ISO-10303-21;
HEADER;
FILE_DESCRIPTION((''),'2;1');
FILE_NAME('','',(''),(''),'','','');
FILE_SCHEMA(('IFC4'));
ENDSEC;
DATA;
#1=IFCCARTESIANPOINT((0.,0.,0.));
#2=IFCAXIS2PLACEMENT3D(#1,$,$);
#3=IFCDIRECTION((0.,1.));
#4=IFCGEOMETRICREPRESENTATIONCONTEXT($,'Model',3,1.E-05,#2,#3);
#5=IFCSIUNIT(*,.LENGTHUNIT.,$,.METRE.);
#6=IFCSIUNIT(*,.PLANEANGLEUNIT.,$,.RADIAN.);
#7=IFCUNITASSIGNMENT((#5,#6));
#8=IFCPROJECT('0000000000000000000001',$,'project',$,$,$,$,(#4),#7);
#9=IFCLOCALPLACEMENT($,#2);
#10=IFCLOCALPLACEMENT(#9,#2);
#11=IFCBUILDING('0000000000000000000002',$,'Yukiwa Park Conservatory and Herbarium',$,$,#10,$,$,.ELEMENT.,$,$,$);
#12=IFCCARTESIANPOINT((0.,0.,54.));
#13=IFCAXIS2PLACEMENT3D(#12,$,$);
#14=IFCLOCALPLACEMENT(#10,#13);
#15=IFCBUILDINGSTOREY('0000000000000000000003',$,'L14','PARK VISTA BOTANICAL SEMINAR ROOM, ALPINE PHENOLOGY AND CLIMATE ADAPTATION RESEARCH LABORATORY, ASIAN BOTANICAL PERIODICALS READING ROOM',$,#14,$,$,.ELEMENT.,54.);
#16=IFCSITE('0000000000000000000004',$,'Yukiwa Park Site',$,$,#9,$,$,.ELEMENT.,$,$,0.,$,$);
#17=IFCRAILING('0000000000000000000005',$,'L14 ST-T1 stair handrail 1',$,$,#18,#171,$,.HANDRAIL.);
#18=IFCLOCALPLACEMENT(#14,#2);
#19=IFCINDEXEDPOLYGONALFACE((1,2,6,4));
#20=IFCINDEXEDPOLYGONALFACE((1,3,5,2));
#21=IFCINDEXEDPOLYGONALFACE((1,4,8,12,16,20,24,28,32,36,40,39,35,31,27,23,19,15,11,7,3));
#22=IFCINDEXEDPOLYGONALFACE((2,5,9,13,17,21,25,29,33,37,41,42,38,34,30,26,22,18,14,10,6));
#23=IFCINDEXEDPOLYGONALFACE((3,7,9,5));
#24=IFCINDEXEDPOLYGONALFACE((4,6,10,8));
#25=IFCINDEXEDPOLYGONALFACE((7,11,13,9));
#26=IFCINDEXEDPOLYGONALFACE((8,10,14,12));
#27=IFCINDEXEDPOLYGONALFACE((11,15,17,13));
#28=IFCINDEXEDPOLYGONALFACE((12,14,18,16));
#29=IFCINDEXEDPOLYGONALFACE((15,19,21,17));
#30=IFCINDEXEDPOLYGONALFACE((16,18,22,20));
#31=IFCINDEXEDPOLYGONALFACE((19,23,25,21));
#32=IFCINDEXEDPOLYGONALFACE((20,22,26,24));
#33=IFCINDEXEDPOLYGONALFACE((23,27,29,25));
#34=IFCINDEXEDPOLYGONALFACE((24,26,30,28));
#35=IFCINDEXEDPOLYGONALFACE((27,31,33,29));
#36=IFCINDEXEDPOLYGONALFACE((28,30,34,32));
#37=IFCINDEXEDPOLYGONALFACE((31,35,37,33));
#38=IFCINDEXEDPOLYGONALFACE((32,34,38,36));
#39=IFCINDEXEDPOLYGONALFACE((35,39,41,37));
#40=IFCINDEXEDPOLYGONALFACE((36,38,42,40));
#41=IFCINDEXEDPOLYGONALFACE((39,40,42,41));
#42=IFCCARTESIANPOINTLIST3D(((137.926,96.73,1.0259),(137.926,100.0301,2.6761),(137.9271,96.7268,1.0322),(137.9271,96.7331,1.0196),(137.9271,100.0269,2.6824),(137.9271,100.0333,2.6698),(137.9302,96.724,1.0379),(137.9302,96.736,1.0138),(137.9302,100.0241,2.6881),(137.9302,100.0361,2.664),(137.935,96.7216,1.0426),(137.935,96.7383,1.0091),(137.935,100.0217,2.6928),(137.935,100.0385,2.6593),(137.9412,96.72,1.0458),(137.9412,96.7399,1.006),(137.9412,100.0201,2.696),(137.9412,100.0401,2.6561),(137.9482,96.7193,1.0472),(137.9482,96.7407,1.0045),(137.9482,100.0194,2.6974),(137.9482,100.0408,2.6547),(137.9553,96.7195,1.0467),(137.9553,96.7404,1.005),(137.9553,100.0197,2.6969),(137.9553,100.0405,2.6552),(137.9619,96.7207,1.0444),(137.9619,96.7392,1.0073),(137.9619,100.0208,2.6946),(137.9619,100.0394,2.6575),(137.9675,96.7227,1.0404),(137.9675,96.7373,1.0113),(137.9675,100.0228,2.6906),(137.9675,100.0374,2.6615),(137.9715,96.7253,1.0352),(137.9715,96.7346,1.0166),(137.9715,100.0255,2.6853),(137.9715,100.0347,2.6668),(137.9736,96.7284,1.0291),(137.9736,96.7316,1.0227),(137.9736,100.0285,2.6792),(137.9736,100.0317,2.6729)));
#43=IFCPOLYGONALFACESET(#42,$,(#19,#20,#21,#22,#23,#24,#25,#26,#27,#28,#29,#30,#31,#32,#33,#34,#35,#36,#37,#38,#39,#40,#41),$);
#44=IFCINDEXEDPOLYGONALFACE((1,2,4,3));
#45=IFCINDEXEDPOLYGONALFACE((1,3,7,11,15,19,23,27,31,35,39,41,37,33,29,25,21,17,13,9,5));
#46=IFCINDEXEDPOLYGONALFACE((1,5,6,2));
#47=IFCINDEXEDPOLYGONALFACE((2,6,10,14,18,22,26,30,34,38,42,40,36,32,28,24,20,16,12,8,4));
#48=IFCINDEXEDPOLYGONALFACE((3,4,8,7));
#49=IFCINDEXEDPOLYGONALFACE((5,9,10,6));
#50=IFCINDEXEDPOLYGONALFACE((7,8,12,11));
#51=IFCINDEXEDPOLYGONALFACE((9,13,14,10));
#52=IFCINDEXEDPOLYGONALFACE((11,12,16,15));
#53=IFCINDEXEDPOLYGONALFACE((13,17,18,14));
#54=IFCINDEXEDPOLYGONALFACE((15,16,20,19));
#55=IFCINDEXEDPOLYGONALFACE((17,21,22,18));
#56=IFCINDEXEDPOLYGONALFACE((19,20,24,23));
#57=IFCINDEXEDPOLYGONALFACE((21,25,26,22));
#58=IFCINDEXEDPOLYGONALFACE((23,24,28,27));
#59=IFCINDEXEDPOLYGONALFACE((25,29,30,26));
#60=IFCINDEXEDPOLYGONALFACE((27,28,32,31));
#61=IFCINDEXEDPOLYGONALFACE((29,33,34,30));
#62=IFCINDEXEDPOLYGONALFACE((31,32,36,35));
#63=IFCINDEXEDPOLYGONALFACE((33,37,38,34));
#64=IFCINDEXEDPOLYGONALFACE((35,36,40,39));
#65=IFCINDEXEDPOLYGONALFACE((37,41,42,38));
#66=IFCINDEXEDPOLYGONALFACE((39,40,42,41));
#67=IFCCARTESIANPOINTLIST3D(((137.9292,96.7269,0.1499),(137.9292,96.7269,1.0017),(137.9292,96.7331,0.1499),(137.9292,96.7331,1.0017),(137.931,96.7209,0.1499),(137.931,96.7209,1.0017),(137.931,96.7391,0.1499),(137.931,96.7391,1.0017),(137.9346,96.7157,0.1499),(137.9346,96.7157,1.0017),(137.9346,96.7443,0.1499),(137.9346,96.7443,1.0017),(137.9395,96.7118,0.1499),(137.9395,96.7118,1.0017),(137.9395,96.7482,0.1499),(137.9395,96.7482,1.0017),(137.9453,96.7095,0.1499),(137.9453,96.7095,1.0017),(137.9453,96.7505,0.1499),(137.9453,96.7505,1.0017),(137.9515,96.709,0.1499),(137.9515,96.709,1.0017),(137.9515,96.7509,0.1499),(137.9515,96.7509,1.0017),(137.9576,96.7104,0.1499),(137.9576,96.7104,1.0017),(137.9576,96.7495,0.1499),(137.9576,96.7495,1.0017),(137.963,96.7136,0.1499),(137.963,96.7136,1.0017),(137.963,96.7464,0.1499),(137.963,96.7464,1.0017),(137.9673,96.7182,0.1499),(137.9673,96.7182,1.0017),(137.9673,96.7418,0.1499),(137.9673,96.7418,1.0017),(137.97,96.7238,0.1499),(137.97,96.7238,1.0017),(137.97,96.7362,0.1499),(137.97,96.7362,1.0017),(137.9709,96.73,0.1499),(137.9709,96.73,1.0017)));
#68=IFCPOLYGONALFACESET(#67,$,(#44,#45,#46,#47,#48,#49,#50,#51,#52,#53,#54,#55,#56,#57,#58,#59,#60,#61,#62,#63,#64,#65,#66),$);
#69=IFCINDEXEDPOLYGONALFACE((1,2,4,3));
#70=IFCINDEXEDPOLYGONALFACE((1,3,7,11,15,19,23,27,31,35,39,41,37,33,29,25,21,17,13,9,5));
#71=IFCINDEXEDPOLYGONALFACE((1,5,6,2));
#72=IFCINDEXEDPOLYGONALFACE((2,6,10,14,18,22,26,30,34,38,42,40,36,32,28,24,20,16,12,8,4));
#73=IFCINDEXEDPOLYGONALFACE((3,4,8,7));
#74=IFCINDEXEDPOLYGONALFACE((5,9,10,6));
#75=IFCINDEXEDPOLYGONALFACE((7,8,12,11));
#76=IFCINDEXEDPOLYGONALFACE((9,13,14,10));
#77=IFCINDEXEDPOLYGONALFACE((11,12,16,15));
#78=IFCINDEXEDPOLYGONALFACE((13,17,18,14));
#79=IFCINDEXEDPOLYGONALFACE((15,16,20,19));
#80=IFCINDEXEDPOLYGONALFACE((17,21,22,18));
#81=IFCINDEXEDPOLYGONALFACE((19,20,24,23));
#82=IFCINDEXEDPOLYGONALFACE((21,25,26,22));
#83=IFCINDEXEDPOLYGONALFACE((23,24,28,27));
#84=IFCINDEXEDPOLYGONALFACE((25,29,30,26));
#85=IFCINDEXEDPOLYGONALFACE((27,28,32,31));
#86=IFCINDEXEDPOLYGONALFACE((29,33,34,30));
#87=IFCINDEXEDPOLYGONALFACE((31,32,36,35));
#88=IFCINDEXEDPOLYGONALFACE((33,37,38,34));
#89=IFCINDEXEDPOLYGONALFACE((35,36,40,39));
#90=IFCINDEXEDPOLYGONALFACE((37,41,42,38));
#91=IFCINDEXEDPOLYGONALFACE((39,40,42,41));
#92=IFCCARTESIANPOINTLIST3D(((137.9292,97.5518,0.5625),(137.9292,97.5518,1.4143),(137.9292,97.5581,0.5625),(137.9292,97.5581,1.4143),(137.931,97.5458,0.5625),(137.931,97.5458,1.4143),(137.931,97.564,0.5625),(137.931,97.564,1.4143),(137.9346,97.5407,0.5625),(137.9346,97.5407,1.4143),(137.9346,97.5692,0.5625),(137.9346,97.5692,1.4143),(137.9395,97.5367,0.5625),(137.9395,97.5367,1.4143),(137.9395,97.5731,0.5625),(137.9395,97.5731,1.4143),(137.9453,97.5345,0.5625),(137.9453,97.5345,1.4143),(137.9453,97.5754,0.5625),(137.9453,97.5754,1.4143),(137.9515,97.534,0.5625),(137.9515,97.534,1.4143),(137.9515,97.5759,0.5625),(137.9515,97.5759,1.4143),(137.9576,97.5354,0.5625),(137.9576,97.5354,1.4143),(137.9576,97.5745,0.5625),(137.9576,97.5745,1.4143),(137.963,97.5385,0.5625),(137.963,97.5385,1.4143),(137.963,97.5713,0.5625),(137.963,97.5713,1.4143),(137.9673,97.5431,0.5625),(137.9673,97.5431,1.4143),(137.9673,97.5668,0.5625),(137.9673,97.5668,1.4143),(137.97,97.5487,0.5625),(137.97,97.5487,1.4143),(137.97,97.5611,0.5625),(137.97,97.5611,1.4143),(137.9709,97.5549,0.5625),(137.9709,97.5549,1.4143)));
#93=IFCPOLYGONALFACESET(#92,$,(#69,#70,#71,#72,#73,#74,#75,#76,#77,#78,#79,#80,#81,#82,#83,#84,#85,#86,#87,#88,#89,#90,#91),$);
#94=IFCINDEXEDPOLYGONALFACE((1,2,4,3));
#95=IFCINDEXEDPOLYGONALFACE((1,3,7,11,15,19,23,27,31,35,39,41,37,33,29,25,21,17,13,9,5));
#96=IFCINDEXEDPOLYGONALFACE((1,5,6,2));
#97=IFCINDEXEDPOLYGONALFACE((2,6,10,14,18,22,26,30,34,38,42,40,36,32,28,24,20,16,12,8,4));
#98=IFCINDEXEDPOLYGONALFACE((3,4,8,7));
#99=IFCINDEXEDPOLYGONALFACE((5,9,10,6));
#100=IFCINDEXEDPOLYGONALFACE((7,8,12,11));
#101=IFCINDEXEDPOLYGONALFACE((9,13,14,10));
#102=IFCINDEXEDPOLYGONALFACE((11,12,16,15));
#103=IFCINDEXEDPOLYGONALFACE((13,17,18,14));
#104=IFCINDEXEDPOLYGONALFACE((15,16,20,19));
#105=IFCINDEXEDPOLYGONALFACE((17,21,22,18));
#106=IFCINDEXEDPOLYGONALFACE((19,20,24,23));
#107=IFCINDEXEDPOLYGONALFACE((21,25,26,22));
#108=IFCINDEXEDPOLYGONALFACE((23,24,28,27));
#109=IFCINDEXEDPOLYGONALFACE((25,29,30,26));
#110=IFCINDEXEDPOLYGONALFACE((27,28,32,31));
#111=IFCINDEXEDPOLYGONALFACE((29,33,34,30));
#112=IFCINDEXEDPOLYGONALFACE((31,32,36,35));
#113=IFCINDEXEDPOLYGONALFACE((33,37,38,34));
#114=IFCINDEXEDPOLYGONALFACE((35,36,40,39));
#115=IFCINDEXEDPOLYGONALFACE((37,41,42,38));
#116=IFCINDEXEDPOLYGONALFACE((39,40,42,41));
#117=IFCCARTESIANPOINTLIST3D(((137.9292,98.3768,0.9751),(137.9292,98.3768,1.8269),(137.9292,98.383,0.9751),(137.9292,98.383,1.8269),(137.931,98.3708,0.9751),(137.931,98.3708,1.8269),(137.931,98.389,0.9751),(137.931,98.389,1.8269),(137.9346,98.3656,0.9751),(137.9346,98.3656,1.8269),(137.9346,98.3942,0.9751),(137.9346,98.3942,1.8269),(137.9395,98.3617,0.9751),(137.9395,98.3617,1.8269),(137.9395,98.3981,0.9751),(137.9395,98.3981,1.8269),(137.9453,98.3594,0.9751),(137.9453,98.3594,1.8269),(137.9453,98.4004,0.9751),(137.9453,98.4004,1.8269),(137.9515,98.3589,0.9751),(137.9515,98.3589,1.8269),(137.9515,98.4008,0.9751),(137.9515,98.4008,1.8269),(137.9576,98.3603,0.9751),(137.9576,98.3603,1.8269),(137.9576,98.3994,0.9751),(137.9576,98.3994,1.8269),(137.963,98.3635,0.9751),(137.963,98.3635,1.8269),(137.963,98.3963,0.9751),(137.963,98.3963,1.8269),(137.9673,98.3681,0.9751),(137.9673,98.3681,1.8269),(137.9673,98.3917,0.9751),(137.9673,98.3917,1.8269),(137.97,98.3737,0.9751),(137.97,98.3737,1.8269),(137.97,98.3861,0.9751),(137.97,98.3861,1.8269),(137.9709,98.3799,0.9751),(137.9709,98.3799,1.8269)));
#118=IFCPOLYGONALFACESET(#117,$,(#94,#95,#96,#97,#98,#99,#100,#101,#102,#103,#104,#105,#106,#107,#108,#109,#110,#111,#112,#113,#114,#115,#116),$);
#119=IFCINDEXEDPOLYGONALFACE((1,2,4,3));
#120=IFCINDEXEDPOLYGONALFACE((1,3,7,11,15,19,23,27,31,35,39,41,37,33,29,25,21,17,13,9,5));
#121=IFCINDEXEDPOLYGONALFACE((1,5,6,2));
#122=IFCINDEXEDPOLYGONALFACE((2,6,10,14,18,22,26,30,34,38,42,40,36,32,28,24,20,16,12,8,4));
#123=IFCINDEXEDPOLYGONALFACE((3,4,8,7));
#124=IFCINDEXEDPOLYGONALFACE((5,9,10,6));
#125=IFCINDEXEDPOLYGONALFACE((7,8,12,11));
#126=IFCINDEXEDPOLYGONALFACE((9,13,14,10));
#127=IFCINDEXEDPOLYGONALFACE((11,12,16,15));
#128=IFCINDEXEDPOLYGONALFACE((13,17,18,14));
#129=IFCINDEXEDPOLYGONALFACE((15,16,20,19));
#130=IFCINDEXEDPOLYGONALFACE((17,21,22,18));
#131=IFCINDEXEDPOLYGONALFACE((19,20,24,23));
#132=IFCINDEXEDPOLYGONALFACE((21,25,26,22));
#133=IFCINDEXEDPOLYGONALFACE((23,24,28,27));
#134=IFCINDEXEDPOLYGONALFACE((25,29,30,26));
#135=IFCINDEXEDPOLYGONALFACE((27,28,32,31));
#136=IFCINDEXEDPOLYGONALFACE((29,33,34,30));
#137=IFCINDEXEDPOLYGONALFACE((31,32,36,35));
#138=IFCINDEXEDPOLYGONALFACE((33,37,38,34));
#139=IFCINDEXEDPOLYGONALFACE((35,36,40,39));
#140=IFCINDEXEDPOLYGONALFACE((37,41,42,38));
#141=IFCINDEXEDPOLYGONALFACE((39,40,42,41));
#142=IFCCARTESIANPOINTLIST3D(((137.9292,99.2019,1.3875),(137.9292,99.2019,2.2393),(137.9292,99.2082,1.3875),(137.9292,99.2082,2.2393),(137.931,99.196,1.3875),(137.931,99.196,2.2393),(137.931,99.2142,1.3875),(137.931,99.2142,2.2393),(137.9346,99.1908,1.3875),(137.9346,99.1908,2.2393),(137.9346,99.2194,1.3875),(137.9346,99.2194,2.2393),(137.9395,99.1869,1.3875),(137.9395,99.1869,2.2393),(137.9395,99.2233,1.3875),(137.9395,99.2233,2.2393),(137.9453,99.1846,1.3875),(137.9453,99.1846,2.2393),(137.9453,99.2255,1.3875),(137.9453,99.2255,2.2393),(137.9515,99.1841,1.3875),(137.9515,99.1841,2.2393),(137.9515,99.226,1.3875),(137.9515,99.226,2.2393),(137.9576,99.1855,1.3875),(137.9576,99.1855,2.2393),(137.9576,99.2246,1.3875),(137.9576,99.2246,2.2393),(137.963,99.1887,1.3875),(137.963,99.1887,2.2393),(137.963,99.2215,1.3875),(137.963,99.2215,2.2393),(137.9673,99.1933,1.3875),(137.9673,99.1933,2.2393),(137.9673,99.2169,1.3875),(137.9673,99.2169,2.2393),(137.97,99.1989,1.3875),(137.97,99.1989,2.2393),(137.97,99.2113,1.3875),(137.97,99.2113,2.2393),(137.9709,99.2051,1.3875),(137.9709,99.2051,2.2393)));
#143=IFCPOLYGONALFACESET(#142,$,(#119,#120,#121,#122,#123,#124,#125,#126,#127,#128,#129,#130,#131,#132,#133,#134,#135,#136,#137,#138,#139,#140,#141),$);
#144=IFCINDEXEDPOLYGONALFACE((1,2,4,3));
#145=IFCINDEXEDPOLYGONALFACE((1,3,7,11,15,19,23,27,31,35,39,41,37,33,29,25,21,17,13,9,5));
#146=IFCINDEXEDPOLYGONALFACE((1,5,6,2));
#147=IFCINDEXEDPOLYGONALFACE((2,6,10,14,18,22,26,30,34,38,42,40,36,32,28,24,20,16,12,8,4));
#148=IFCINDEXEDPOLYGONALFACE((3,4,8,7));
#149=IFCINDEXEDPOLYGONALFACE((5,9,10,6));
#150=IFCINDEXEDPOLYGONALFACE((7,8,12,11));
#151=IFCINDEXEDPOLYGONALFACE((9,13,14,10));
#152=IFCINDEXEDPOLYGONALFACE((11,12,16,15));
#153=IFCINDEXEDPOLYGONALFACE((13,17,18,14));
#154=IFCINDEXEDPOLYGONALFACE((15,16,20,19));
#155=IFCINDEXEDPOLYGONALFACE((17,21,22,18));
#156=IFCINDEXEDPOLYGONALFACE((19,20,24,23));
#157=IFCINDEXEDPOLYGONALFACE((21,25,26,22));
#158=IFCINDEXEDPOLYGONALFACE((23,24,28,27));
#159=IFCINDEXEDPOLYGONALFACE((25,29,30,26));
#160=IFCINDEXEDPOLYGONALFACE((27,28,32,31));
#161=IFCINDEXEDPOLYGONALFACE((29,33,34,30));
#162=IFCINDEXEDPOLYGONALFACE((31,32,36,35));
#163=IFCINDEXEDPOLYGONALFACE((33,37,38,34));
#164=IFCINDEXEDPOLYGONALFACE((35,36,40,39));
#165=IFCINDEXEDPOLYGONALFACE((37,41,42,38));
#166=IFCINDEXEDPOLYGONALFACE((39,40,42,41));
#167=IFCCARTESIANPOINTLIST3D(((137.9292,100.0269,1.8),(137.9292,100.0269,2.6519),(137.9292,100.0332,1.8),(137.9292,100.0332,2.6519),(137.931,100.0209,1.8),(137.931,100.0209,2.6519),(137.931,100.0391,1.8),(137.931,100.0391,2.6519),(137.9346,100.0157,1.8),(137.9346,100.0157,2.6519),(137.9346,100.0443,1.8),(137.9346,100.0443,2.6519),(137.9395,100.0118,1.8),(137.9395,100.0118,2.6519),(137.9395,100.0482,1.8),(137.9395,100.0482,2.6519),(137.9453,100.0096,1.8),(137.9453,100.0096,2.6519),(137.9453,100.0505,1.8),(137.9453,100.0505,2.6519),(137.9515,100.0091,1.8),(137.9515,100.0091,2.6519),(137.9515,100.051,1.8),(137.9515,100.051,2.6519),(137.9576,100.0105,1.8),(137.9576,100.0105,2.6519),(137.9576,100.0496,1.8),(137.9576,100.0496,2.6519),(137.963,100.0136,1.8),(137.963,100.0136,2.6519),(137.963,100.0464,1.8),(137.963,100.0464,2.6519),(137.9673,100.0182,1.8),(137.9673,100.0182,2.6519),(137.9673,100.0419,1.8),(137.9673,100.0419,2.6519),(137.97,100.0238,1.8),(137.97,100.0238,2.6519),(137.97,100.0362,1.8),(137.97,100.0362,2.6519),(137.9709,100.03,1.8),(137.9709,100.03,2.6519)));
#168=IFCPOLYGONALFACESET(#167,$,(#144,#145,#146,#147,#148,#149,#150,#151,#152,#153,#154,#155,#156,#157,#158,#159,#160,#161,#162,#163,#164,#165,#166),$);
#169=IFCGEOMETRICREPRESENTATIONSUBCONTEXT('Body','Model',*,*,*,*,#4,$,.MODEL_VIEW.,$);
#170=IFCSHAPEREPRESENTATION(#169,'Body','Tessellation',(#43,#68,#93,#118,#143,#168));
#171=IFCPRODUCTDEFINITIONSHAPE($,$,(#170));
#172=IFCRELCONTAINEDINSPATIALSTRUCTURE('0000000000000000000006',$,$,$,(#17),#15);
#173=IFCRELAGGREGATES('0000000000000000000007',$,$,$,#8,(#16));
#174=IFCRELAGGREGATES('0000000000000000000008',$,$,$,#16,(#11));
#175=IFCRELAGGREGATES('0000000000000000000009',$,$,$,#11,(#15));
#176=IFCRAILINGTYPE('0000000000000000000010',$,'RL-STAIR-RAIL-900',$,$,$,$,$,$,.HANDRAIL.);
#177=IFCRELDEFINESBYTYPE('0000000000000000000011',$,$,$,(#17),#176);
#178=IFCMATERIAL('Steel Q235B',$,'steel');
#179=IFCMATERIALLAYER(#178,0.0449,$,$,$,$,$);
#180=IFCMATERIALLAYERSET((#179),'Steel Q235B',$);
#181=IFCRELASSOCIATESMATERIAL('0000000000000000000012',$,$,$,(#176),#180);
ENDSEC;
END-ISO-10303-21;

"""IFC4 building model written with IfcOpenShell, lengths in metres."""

from ifc_helpers import new_model, si_unit, direction, frame, origin, origin_2d, place, context, subcontext, project, spatial, circle, extrude, material, layer, layer_set, type_object, element, save


model = new_model("IFC4")

# Units and contexts
model_context = context("Model", 3, precision=1e-05, world=origin(), true_north=direction((0.0, 1.0)))
body_context = subcontext(model_context, "Body", "Model", "MODEL_VIEW")
ifc_project = project(units=[si_unit("LENGTHUNIT", "METRE"), si_unit("PLANEANGLEUNIT", "RADIAN")], contexts=[model_context])

# Site, building, storey
site_placement = place(None, origin())
site = spatial("IfcSite", under=ifc_project, at=site_placement, Name="Yukiwa Park Site", CompositionType="ELEMENT", RefElevation=0.0)
building_placement = place(site_placement, origin())
building = spatial("IfcBuilding", under=site, at=building_placement, Name="Yukiwa Park Conservatory and Herbarium", CompositionType="ELEMENT")
storey_placement = place(building_placement, frame((0.0, 0.0, 54.0)))
storey = spatial("IfcBuildingStorey", under=building, at=storey_placement, Name="L14", Description="PARK VISTA BOTANICAL SEMINAR ROOM, ALPINE PHENOLOGY AND CLIMATE ADAPTATION RESEARCH LABORATORY, ASIAN BOTANICAL PERIODICALS READING ROOM", CompositionType="ELEMENT", Elevation=54.0)

# Railing
ifc_material_1 = material(Name="Steel Q235B", Category="steel")
ifc_layer_1 = layer(ifc_material_1, 0.0449)
ifc_layer_set_1 = layer_set([ifc_layer_1], Name="Steel Q235B")
railing_type_1 = type_object("IfcRailingType", Name="RL-STAIR-RAIL-900", PredefinedType="HANDRAIL", material=ifc_layer_set_1)
railing_1_placement = place(storey_placement, frame((137.95, 96.73, 0.1499)))
element("IfcRailing", 1, at=railing_1_placement, inside=storey, type_object=railing_type_1, Name="L14 ST-T1 stair handrail 1", PredefinedType="HANDRAIL", context=body_context, shape_type="SweptSolid", body=[
    extrude(circle(Radius=0.0239, at=origin_2d()), frame((0.0, 0.0, 0.876), z_axis=(0.0, 0.894414, 0.44724), x_axis=(-1.0, 0.0, 0.0)), (0.0, 0.0, 1.0), 3.6897),
    extrude(circle(Radius=0.021, at=origin_2d()), origin(), (0.0, 0.0, 1.0), 0.8518),
    extrude(circle(Radius=0.021, at=origin_2d()), frame((0.0, 0.825, 0.4126)), (0.0, 0.0, 1.0), 0.8518),
    extrude(circle(Radius=0.021, at=origin_2d()), frame((0.0, 1.6499, 0.8252)), (0.0, 0.0, 1.0), 0.8518),
    extrude(circle(Radius=0.021, at=origin_2d()), frame((0.0, 2.4751, 1.2375)), (0.0, 0.0, 1.0), 0.8518),
    extrude(circle(Radius=0.021, at=origin_2d()), frame((0.0, 3.3, 1.6501)), (0.0, 0.0, 1.0), 0.8518),
])

save(model, "model.ifc")
